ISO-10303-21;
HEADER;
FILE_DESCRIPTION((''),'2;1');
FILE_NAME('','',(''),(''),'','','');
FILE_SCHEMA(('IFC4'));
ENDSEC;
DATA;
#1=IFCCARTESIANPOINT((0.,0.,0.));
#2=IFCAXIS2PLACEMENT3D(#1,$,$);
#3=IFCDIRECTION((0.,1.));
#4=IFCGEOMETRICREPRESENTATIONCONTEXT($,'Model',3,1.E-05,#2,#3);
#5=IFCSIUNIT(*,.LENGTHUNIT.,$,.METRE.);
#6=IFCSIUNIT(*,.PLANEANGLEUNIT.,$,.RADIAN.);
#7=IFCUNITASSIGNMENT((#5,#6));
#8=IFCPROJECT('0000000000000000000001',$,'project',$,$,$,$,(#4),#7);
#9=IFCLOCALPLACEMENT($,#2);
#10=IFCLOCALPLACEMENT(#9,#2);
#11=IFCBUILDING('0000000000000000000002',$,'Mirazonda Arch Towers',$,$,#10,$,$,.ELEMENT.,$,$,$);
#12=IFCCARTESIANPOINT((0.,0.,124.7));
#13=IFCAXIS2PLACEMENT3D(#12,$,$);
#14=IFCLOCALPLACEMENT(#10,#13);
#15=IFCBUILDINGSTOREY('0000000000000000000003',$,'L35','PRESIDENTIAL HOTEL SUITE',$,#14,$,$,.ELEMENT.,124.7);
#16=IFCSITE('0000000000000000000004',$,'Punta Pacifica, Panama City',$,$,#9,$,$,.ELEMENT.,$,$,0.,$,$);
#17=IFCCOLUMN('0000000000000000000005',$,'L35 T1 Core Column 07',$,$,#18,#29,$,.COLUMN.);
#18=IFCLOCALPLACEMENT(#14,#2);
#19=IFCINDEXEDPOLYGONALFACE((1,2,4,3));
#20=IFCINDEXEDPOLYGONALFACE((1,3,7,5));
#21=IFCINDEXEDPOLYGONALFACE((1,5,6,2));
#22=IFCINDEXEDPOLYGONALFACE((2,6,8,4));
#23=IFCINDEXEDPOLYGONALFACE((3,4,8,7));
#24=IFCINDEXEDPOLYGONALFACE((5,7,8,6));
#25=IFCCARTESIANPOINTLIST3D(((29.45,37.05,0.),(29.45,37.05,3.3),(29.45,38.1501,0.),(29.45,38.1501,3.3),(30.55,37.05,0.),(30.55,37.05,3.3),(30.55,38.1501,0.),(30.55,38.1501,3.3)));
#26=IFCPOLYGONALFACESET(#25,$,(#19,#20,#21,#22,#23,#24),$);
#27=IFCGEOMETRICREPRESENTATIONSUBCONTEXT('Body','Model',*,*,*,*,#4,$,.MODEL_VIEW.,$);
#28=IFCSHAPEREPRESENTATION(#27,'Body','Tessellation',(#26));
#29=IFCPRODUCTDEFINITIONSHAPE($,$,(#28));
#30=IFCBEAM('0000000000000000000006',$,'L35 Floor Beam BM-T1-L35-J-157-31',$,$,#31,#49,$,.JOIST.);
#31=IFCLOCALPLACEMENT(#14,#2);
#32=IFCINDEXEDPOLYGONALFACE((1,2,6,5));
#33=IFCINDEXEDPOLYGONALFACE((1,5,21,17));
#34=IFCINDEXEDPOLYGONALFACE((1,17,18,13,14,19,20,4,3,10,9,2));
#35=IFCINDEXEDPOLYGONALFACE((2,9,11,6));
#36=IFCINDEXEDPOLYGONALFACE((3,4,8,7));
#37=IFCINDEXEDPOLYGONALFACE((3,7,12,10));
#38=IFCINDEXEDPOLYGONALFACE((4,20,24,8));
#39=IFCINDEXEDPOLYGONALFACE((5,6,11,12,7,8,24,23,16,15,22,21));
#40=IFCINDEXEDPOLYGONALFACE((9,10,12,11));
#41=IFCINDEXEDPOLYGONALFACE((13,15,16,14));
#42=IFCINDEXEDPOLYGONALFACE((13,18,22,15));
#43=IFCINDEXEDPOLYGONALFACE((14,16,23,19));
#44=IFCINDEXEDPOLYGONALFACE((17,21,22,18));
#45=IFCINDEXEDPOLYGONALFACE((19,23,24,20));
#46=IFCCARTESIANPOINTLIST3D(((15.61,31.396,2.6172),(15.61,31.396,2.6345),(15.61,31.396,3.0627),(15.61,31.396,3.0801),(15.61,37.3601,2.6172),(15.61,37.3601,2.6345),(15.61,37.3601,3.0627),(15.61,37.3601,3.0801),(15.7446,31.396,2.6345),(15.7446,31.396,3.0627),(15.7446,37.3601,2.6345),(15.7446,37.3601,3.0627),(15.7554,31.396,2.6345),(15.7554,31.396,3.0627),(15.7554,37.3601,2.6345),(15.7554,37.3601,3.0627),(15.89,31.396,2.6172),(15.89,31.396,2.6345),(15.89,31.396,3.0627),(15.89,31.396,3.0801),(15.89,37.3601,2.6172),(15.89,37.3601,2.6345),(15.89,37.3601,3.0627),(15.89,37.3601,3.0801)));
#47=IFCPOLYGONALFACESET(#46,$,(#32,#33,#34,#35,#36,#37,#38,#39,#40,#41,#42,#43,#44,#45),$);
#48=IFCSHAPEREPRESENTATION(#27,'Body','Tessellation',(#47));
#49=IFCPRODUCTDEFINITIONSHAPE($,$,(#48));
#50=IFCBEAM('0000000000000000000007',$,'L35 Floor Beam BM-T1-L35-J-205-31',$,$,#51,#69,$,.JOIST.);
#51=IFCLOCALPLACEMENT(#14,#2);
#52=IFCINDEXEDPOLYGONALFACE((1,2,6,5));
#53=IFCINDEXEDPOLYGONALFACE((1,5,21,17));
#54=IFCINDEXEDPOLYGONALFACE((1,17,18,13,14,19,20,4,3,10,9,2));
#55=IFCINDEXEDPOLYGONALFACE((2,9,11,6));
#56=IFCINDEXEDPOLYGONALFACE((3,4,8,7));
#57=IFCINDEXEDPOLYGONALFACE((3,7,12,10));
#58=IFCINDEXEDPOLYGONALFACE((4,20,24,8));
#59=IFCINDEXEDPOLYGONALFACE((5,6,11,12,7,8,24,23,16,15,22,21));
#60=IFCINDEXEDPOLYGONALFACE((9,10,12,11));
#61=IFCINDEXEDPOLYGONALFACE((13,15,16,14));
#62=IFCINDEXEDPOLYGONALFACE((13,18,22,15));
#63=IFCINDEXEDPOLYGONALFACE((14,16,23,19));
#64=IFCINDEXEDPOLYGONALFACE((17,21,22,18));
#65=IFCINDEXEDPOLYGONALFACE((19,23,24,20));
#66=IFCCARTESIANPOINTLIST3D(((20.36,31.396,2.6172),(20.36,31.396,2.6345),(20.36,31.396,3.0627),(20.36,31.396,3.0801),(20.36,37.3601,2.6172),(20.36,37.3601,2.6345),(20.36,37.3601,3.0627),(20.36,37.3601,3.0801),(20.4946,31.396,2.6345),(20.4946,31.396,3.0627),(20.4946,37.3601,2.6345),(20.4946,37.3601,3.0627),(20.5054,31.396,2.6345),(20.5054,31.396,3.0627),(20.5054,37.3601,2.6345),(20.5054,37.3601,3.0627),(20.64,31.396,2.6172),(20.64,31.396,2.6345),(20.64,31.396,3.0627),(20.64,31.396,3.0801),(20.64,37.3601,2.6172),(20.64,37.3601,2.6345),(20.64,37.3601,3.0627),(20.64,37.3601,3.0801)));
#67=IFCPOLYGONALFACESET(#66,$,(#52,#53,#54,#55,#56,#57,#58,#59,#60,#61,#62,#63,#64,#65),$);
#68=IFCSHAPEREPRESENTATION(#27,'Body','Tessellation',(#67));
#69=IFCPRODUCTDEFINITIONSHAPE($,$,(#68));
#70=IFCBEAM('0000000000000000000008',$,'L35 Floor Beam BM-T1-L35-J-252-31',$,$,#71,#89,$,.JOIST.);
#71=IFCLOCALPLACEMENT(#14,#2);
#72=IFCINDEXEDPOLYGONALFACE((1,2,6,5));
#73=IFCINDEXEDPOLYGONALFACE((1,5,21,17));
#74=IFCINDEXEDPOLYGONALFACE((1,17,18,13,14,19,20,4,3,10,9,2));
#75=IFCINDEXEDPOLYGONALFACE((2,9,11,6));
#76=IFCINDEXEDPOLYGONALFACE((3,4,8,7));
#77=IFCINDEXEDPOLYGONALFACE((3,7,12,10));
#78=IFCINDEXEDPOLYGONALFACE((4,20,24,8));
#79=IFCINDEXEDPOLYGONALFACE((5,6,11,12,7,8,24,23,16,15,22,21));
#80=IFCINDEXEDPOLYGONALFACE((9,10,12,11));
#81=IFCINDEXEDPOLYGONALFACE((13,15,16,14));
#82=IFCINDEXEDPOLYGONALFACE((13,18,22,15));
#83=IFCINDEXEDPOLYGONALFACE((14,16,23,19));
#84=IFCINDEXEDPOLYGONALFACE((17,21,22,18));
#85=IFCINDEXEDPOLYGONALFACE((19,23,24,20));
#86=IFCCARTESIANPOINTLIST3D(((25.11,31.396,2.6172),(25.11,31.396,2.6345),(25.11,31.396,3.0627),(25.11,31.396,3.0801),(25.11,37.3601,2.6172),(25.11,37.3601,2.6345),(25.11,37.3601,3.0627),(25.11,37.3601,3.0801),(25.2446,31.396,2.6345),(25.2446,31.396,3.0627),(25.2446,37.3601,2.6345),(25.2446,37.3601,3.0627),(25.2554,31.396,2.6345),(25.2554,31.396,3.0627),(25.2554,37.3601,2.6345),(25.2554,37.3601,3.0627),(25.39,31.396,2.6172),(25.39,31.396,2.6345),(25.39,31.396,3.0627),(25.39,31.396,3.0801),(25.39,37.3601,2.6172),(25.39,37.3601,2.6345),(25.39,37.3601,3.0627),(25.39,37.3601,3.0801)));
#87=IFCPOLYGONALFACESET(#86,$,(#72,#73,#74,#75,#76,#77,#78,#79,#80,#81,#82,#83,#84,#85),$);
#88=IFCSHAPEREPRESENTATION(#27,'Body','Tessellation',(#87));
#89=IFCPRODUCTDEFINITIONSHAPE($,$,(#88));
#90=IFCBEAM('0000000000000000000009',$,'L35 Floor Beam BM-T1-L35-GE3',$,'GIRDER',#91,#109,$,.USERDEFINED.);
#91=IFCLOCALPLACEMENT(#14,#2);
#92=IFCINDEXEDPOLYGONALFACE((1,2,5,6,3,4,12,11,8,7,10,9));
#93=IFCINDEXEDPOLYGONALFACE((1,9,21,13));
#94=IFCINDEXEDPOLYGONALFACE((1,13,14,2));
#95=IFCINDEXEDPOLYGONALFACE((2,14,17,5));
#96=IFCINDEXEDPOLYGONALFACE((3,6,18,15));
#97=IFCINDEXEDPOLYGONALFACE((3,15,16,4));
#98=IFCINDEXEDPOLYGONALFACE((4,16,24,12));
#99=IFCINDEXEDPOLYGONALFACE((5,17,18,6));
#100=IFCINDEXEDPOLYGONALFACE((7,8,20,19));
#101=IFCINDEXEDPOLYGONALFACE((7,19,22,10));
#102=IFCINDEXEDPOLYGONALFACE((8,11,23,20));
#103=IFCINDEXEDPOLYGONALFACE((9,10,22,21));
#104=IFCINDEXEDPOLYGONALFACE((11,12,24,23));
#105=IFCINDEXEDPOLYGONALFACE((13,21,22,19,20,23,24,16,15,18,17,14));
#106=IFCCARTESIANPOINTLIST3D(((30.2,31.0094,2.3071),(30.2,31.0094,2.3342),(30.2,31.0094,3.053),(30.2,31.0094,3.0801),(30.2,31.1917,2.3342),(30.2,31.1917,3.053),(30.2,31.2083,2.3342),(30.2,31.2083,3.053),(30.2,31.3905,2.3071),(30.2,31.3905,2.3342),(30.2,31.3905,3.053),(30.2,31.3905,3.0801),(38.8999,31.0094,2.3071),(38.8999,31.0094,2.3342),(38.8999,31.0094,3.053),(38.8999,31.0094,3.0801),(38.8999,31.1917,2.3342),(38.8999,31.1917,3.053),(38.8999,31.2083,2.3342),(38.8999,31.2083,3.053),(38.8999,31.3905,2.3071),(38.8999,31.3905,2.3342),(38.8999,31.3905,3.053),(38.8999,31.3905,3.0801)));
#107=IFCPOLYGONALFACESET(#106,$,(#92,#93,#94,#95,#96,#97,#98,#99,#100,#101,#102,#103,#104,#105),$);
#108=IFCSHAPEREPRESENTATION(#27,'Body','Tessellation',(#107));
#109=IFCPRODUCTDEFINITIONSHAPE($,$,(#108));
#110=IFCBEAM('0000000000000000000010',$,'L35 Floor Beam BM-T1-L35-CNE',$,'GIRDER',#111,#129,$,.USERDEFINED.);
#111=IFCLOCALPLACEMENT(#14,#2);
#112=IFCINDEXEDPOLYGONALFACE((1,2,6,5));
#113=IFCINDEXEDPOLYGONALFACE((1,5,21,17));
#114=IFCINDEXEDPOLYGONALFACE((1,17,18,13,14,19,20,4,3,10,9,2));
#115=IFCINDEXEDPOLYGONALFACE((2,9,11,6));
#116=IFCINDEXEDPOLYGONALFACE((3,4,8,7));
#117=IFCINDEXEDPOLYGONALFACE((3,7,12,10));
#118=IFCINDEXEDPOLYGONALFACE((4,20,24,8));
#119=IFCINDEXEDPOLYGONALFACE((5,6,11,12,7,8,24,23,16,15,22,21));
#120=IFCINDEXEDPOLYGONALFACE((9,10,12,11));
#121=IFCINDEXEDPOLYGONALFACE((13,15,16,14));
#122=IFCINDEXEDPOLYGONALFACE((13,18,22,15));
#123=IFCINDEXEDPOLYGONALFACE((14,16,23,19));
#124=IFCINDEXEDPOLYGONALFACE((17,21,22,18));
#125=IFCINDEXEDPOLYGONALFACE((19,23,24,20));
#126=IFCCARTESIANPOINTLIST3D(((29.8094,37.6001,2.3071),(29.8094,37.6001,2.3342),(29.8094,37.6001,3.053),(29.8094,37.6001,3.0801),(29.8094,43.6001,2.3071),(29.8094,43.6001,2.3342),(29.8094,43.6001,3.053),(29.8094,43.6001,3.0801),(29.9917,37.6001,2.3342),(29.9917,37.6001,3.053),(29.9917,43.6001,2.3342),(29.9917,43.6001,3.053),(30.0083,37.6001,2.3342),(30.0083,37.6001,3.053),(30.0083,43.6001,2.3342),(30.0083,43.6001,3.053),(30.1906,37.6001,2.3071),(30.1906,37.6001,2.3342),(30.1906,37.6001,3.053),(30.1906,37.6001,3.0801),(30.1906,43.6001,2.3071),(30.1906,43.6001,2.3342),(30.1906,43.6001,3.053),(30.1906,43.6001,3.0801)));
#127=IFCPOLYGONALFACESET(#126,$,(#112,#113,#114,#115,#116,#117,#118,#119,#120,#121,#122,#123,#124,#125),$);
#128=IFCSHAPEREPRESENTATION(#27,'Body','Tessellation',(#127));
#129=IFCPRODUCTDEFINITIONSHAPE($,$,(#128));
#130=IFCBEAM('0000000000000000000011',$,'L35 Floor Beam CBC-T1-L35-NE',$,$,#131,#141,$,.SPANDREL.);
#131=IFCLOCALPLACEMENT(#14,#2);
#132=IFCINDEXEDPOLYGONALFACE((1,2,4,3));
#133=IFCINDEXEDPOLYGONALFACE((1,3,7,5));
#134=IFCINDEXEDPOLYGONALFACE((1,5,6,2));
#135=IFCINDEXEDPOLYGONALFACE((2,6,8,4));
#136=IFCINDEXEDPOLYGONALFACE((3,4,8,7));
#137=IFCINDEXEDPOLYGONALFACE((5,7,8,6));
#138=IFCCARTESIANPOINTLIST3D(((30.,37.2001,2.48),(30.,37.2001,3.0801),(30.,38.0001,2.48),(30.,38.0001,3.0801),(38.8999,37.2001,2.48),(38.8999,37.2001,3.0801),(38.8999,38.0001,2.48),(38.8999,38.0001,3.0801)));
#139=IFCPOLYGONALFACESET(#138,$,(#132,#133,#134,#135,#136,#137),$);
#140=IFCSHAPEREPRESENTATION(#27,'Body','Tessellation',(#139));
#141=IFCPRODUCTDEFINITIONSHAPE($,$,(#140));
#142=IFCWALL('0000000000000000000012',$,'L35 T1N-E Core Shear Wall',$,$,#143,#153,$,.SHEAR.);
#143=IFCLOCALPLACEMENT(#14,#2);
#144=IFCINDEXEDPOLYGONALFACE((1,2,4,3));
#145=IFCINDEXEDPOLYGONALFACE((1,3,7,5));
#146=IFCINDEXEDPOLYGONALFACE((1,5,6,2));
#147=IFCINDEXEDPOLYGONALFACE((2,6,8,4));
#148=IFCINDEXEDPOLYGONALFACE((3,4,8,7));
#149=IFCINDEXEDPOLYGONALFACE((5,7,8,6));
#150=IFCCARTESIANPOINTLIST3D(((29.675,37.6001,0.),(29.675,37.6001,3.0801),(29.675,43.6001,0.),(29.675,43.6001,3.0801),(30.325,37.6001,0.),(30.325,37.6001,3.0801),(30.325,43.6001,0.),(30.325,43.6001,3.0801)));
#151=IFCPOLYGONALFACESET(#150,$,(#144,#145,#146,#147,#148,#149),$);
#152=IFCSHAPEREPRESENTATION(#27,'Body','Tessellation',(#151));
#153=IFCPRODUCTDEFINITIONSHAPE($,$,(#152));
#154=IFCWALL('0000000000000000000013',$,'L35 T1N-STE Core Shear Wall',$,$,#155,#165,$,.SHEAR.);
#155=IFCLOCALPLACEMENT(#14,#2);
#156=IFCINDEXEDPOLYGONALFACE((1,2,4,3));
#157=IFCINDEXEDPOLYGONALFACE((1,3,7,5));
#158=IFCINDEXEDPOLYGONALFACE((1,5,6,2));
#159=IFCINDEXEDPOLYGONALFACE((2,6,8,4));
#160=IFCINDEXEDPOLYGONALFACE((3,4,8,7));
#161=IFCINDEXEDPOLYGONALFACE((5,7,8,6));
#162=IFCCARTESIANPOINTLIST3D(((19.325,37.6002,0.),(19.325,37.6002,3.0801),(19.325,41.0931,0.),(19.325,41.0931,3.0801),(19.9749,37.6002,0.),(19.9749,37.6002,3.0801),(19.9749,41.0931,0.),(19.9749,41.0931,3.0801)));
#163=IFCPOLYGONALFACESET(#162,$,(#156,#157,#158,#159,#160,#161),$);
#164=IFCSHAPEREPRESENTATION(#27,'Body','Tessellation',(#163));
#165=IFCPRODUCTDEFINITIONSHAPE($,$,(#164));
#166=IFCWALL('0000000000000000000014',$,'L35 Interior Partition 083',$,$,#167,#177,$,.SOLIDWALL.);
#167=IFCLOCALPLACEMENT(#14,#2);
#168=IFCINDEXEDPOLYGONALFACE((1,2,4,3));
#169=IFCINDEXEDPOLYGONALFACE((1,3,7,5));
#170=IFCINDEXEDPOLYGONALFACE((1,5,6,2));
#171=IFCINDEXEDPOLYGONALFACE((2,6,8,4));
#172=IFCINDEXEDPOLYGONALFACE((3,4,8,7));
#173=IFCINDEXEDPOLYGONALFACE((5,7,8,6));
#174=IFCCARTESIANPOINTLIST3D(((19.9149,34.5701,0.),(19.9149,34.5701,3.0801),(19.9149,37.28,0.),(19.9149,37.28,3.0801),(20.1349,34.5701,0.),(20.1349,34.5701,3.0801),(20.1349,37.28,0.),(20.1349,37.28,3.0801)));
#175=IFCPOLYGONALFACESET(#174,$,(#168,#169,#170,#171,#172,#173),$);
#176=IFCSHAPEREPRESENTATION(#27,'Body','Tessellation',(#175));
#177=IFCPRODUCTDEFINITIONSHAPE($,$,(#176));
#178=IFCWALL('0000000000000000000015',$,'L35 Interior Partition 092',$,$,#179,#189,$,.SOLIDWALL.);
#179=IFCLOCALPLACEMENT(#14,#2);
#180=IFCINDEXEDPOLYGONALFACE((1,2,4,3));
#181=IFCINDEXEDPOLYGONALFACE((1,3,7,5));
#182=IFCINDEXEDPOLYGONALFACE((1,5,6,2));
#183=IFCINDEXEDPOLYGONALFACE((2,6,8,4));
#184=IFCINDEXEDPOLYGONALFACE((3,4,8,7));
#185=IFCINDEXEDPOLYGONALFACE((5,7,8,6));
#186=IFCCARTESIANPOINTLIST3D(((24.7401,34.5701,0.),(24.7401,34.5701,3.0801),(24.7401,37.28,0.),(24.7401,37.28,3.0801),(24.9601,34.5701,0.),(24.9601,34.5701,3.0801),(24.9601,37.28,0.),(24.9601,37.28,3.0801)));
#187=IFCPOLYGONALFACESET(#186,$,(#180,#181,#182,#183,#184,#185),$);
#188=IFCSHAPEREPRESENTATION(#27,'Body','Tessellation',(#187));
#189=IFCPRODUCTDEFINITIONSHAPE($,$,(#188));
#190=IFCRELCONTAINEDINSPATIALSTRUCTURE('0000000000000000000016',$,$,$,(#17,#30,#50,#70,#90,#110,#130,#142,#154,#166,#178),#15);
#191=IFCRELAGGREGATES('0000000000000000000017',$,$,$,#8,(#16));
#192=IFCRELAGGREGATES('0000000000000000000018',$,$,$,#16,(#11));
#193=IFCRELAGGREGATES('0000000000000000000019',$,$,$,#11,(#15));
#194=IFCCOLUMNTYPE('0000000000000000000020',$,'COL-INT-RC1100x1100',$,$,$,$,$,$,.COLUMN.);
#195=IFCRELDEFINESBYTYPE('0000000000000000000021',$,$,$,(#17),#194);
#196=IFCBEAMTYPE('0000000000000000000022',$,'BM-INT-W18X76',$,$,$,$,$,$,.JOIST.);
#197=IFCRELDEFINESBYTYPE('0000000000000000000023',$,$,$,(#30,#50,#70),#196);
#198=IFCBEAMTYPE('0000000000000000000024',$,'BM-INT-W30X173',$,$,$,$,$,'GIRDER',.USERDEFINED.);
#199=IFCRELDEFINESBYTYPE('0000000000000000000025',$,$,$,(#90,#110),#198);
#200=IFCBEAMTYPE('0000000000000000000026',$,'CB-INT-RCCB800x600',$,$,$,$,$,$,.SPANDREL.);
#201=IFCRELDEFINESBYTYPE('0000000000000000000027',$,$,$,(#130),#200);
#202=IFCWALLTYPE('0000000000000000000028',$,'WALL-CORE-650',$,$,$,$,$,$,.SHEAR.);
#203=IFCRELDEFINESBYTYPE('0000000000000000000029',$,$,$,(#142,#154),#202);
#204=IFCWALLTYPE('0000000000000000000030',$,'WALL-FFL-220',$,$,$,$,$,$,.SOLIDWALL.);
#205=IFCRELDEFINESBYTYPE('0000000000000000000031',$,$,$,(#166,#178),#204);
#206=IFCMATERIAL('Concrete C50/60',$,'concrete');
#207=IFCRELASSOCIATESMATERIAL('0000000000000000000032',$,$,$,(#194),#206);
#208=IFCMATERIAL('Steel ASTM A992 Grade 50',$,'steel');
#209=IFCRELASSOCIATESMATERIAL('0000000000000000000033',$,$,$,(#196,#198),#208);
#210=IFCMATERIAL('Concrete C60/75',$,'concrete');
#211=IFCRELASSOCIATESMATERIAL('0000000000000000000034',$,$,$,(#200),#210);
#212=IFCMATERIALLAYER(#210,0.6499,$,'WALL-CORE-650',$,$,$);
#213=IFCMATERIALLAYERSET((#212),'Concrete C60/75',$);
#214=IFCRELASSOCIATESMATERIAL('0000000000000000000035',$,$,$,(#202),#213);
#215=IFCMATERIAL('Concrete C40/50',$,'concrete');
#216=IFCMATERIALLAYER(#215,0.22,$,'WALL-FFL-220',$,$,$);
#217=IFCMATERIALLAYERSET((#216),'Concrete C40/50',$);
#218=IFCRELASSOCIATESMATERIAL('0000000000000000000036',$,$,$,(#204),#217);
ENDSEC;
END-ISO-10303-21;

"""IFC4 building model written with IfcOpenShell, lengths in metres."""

from ifc_helpers import new_model, si_unit, direction, frame, frame_2d, origin, origin_2d, place, context, subcontext, project, spatial, rectangle, i_section, extrude, material, layer, layer_set, material_profile, profile_set, type_object, element, save


model = new_model("IFC4")

# Units and contexts
model_context = context("Model", 3, precision=1e-05, world=origin(), true_north=direction((0.0, 1.0)))
body_context = subcontext(model_context, "Body", "Model", "MODEL_VIEW")
ifc_project = project(units=[si_unit("LENGTHUNIT", "METRE"), si_unit("PLANEANGLEUNIT", "RADIAN")], contexts=[model_context])

# Site, building, storey
site_placement = place(None, origin())
site = spatial("IfcSite", under=ifc_project, at=site_placement, Name="Punta Pacifica, Panama City", CompositionType="ELEMENT", RefElevation=0.0)
building_placement = place(site_placement, origin())
building = spatial("IfcBuilding", under=site, at=building_placement, Name="Mirazonda Arch Towers", CompositionType="ELEMENT")
storey_placement = place(building_placement, frame((0.0, 0.0, 124.7)))
storey = spatial("IfcBuildingStorey", under=building, at=storey_placement, Name="L35", Description="PRESIDENTIAL HOTEL SUITE", CompositionType="ELEMENT", Elevation=124.7)

# Column
ifc_material_1 = material(Name="Concrete C50/60", Category="concrete")
ifc_material_profile_1 = material_profile(ifc_material_1, rectangle(XDim=1.1001, YDim=1.1001, at=origin_2d()), Name="RC1100x1100")
ifc_profile_set_1 = profile_set([ifc_material_profile_1], Name="Concrete C50/60")
column_type = type_object("IfcColumnType", Name="COL-INT-RC1100x1100", PredefinedType="COLUMN", material=ifc_profile_set_1)
column_placement = place(storey_placement, frame((30.0, 37.6001, 0.0), z_axis=(0.0, 0.0, 1.0), x_axis=(1.0, 0.0, 0.0)))
element("IfcColumn", 1, at=column_placement, inside=storey, type_object=column_type, Name="L35 T1 Core Column 07", PredefinedType="COLUMN", context=body_context, shape_type="SweptSolid", body=[
    extrude(rectangle(XDim=1.1001, YDim=1.1001, at=origin_2d()), origin(), (0.0, 0.0, 1.0), 3.3),
])

# Beams
ifc_material_2 = material(Name="Steel ASTM A992 Grade 50", Category="steel")
ifc_material_profile_2 = material_profile(ifc_material_2, i_section(OverallWidth=0.28, OverallDepth=0.4629, WebThickness=0.0107, FlangeThickness=0.0173, at=origin_2d()), Name="W18X76")
ifc_profile_set_2 = profile_set([ifc_material_profile_2], Name="Steel ASTM A992 Grade 50")
beam_type_1 = type_object("IfcBeamType", Name="BM-INT-W18X76", PredefinedType="JOIST", material=ifc_profile_set_2)
for number, where, z_axis, x_axis, name in (
    (2, (15.75, 31.396, 2.8486), (0.0, 1.0, 0.0), (-1.0, 0.0, 0.0), "L35 Floor Beam BM-T1-L35-J-157-31"),
    (3, (20.5, 31.396, 2.8486), (0.0, 1.0, 0.0), (-1.0, 0.0, 0.0), "L35 Floor Beam BM-T1-L35-J-205-31"),
    (4, (25.25, 31.396, 2.8486), (0.0, 1.0, 0.0), (-1.0, 0.0, 0.0), "L35 Floor Beam BM-T1-L35-J-252-31"),
):
    element("IfcBeam", number, at=place(storey_placement, frame(where, z_axis=z_axis, x_axis=x_axis)), inside=storey, type_object=beam_type_1, Name=name, PredefinedType="JOIST", context=body_context, shape_type="SweptSolid", body=[
        extrude(i_section(OverallWidth=0.28, OverallDepth=0.4629, WebThickness=0.0107, FlangeThickness=0.0173, at=origin_2d()), origin(), (0.0, 0.0, 1.0), 5.9641),
    ])
ifc_material_profile_3 = material_profile(ifc_material_2, i_section(OverallWidth=0.3811, OverallDepth=0.7729, WebThickness=0.0166, FlangeThickness=0.0271, at=origin_2d()), Name="W30X173")
ifc_profile_set_3 = profile_set([ifc_material_profile_3], Name="Steel ASTM A992 Grade 50")
beam_type_2 = type_object("IfcBeamType", Name="BM-INT-W30X173", ElementType="GIRDER", PredefinedType="USERDEFINED", material=ifc_profile_set_3)
beam_1_placement = place(storey_placement, frame((30.2, 31.2, 2.6936), z_axis=(1.0, 0.0, 0.0), x_axis=(0.0, 1.0, 0.0)))
element("IfcBeam", 5, at=beam_1_placement, inside=storey, type_object=beam_type_2, Name="L35 Floor Beam BM-T1-L35-GE3", ObjectType="GIRDER", PredefinedType="USERDEFINED", context=body_context, shape_type="SweptSolid", body=[
    extrude(i_section(OverallWidth=0.3811, OverallDepth=0.7729, WebThickness=0.0166, FlangeThickness=0.0271, at=origin_2d()), origin(), (0.0, 0.0, 1.0), 8.7),
])
beam_2_placement = place(storey_placement, frame((30.0, 37.6001, 2.6936), z_axis=(0.0, 1.0, 0.0), x_axis=(-1.0, 0.0, 0.0)))
element("IfcBeam", 6, at=beam_2_placement, inside=storey, type_object=beam_type_2, Name="L35 Floor Beam BM-T1-L35-CNE", ObjectType="GIRDER", PredefinedType="USERDEFINED", context=body_context, shape_type="SweptSolid", body=[
    extrude(i_section(OverallWidth=0.3811, OverallDepth=0.7729, WebThickness=0.0166, FlangeThickness=0.0271, at=origin_2d()), origin(), (0.0, 0.0, 1.0), 6.0),
])
ifc_material_3 = material(Name="Concrete C60/75", Category="concrete")
ifc_material_profile_4 = material_profile(ifc_material_3, rectangle(XDim=0.8, YDim=0.6001, at=origin_2d()), Name="RCCB800x600")
ifc_profile_set_4 = profile_set([ifc_material_profile_4], Name="Concrete C60/75")
beam_type_3 = type_object("IfcBeamType", Name="CB-INT-RCCB800x600", PredefinedType="SPANDREL", material=ifc_profile_set_4)
beam_3_placement = place(storey_placement, frame((30.0, 37.6001, 2.78), z_axis=(1.0, 0.0, 0.0), x_axis=(0.0, 1.0, 0.0)))
element("IfcBeam", 7, at=beam_3_placement, inside=storey, type_object=beam_type_3, Name="L35 Floor Beam CBC-T1-L35-NE", PredefinedType="SPANDREL", context=body_context, shape_type="SweptSolid", body=[
    extrude(rectangle(XDim=0.8, YDim=0.6001, at=origin_2d()), origin(), (0.0, 0.0, 1.0), 8.8999),
])

# Walls
ifc_layer_1 = layer(ifc_material_3, 0.6499, Name="WALL-CORE-650")
ifc_layer_set_1 = layer_set([ifc_layer_1], Name="Concrete C60/75")
wall_type_1 = type_object("IfcWallType", Name="WALL-CORE-650", PredefinedType="SHEAR", material=ifc_layer_set_1)
wall_1_placement = place(storey_placement, frame((30.0, 37.6001, 0.0), z_axis=(0.0, 0.0, 1.0), x_axis=(0.0, 1.0, 0.0)))
element("IfcWall", 8, at=wall_1_placement, inside=storey, type_object=wall_type_1, Name="L35 T1N-E Core Shear Wall", PredefinedType="SHEAR", context=body_context, shape_type="SweptSolid", body=[
    extrude(rectangle(XDim=6.0, YDim=0.6499, at=frame_2d((3.0, 0.0))), origin(), (0.0, 0.0, 1.0), 3.0801),
])
wall_2_placement = place(storey_placement, frame((19.6499, 37.6001, 0.0), z_axis=(0.0, 0.0, 1.0), x_axis=(0.0, 1.0, 0.0)))
element("IfcWall", 9, at=wall_2_placement, inside=storey, type_object=wall_type_1, Name="L35 T1N-STE Core Shear Wall", PredefinedType="SHEAR", context=body_context, shape_type="SweptSolid", body=[
    extrude(rectangle(XDim=3.4929, YDim=0.6499, at=frame_2d((1.7466, 0.0))), origin(), (0.0, 0.0, 1.0), 3.0801),
])
ifc_material_4 = material(Name="Concrete C40/50", Category="concrete")
ifc_layer_2 = layer(ifc_material_4, 0.22, Name="WALL-FFL-220")
ifc_layer_set_2 = layer_set([ifc_layer_2], Name="Concrete C40/50")
wall_type_2 = type_object("IfcWallType", Name="WALL-FFL-220", PredefinedType="SOLIDWALL", material=ifc_layer_set_2)
for number, where, z_axis, x_axis, name in (
    (10, (20.0249, 34.5701, 0.0), (0.0, 0.0, 1.0), (0.0, 1.0, 0.0), "L35 Interior Partition 083"),
    (11, (24.8501, 34.5701, 0.0), (0.0, 0.0, 1.0), (0.0, 1.0, 0.0), "L35 Interior Partition 092"),
):
    element("IfcWall", number, at=place(storey_placement, frame(where, z_axis=z_axis, x_axis=x_axis)), inside=storey, type_object=wall_type_2, Name=name, PredefinedType="SOLIDWALL", context=body_context, shape_type="SweptSolid", body=[
        extrude(rectangle(XDim=2.71, YDim=0.22, at=frame_2d((1.355, 0.0))), origin(), (0.0, 0.0, 1.0), 3.0801),
    ])

save(model, "model.ifc")
